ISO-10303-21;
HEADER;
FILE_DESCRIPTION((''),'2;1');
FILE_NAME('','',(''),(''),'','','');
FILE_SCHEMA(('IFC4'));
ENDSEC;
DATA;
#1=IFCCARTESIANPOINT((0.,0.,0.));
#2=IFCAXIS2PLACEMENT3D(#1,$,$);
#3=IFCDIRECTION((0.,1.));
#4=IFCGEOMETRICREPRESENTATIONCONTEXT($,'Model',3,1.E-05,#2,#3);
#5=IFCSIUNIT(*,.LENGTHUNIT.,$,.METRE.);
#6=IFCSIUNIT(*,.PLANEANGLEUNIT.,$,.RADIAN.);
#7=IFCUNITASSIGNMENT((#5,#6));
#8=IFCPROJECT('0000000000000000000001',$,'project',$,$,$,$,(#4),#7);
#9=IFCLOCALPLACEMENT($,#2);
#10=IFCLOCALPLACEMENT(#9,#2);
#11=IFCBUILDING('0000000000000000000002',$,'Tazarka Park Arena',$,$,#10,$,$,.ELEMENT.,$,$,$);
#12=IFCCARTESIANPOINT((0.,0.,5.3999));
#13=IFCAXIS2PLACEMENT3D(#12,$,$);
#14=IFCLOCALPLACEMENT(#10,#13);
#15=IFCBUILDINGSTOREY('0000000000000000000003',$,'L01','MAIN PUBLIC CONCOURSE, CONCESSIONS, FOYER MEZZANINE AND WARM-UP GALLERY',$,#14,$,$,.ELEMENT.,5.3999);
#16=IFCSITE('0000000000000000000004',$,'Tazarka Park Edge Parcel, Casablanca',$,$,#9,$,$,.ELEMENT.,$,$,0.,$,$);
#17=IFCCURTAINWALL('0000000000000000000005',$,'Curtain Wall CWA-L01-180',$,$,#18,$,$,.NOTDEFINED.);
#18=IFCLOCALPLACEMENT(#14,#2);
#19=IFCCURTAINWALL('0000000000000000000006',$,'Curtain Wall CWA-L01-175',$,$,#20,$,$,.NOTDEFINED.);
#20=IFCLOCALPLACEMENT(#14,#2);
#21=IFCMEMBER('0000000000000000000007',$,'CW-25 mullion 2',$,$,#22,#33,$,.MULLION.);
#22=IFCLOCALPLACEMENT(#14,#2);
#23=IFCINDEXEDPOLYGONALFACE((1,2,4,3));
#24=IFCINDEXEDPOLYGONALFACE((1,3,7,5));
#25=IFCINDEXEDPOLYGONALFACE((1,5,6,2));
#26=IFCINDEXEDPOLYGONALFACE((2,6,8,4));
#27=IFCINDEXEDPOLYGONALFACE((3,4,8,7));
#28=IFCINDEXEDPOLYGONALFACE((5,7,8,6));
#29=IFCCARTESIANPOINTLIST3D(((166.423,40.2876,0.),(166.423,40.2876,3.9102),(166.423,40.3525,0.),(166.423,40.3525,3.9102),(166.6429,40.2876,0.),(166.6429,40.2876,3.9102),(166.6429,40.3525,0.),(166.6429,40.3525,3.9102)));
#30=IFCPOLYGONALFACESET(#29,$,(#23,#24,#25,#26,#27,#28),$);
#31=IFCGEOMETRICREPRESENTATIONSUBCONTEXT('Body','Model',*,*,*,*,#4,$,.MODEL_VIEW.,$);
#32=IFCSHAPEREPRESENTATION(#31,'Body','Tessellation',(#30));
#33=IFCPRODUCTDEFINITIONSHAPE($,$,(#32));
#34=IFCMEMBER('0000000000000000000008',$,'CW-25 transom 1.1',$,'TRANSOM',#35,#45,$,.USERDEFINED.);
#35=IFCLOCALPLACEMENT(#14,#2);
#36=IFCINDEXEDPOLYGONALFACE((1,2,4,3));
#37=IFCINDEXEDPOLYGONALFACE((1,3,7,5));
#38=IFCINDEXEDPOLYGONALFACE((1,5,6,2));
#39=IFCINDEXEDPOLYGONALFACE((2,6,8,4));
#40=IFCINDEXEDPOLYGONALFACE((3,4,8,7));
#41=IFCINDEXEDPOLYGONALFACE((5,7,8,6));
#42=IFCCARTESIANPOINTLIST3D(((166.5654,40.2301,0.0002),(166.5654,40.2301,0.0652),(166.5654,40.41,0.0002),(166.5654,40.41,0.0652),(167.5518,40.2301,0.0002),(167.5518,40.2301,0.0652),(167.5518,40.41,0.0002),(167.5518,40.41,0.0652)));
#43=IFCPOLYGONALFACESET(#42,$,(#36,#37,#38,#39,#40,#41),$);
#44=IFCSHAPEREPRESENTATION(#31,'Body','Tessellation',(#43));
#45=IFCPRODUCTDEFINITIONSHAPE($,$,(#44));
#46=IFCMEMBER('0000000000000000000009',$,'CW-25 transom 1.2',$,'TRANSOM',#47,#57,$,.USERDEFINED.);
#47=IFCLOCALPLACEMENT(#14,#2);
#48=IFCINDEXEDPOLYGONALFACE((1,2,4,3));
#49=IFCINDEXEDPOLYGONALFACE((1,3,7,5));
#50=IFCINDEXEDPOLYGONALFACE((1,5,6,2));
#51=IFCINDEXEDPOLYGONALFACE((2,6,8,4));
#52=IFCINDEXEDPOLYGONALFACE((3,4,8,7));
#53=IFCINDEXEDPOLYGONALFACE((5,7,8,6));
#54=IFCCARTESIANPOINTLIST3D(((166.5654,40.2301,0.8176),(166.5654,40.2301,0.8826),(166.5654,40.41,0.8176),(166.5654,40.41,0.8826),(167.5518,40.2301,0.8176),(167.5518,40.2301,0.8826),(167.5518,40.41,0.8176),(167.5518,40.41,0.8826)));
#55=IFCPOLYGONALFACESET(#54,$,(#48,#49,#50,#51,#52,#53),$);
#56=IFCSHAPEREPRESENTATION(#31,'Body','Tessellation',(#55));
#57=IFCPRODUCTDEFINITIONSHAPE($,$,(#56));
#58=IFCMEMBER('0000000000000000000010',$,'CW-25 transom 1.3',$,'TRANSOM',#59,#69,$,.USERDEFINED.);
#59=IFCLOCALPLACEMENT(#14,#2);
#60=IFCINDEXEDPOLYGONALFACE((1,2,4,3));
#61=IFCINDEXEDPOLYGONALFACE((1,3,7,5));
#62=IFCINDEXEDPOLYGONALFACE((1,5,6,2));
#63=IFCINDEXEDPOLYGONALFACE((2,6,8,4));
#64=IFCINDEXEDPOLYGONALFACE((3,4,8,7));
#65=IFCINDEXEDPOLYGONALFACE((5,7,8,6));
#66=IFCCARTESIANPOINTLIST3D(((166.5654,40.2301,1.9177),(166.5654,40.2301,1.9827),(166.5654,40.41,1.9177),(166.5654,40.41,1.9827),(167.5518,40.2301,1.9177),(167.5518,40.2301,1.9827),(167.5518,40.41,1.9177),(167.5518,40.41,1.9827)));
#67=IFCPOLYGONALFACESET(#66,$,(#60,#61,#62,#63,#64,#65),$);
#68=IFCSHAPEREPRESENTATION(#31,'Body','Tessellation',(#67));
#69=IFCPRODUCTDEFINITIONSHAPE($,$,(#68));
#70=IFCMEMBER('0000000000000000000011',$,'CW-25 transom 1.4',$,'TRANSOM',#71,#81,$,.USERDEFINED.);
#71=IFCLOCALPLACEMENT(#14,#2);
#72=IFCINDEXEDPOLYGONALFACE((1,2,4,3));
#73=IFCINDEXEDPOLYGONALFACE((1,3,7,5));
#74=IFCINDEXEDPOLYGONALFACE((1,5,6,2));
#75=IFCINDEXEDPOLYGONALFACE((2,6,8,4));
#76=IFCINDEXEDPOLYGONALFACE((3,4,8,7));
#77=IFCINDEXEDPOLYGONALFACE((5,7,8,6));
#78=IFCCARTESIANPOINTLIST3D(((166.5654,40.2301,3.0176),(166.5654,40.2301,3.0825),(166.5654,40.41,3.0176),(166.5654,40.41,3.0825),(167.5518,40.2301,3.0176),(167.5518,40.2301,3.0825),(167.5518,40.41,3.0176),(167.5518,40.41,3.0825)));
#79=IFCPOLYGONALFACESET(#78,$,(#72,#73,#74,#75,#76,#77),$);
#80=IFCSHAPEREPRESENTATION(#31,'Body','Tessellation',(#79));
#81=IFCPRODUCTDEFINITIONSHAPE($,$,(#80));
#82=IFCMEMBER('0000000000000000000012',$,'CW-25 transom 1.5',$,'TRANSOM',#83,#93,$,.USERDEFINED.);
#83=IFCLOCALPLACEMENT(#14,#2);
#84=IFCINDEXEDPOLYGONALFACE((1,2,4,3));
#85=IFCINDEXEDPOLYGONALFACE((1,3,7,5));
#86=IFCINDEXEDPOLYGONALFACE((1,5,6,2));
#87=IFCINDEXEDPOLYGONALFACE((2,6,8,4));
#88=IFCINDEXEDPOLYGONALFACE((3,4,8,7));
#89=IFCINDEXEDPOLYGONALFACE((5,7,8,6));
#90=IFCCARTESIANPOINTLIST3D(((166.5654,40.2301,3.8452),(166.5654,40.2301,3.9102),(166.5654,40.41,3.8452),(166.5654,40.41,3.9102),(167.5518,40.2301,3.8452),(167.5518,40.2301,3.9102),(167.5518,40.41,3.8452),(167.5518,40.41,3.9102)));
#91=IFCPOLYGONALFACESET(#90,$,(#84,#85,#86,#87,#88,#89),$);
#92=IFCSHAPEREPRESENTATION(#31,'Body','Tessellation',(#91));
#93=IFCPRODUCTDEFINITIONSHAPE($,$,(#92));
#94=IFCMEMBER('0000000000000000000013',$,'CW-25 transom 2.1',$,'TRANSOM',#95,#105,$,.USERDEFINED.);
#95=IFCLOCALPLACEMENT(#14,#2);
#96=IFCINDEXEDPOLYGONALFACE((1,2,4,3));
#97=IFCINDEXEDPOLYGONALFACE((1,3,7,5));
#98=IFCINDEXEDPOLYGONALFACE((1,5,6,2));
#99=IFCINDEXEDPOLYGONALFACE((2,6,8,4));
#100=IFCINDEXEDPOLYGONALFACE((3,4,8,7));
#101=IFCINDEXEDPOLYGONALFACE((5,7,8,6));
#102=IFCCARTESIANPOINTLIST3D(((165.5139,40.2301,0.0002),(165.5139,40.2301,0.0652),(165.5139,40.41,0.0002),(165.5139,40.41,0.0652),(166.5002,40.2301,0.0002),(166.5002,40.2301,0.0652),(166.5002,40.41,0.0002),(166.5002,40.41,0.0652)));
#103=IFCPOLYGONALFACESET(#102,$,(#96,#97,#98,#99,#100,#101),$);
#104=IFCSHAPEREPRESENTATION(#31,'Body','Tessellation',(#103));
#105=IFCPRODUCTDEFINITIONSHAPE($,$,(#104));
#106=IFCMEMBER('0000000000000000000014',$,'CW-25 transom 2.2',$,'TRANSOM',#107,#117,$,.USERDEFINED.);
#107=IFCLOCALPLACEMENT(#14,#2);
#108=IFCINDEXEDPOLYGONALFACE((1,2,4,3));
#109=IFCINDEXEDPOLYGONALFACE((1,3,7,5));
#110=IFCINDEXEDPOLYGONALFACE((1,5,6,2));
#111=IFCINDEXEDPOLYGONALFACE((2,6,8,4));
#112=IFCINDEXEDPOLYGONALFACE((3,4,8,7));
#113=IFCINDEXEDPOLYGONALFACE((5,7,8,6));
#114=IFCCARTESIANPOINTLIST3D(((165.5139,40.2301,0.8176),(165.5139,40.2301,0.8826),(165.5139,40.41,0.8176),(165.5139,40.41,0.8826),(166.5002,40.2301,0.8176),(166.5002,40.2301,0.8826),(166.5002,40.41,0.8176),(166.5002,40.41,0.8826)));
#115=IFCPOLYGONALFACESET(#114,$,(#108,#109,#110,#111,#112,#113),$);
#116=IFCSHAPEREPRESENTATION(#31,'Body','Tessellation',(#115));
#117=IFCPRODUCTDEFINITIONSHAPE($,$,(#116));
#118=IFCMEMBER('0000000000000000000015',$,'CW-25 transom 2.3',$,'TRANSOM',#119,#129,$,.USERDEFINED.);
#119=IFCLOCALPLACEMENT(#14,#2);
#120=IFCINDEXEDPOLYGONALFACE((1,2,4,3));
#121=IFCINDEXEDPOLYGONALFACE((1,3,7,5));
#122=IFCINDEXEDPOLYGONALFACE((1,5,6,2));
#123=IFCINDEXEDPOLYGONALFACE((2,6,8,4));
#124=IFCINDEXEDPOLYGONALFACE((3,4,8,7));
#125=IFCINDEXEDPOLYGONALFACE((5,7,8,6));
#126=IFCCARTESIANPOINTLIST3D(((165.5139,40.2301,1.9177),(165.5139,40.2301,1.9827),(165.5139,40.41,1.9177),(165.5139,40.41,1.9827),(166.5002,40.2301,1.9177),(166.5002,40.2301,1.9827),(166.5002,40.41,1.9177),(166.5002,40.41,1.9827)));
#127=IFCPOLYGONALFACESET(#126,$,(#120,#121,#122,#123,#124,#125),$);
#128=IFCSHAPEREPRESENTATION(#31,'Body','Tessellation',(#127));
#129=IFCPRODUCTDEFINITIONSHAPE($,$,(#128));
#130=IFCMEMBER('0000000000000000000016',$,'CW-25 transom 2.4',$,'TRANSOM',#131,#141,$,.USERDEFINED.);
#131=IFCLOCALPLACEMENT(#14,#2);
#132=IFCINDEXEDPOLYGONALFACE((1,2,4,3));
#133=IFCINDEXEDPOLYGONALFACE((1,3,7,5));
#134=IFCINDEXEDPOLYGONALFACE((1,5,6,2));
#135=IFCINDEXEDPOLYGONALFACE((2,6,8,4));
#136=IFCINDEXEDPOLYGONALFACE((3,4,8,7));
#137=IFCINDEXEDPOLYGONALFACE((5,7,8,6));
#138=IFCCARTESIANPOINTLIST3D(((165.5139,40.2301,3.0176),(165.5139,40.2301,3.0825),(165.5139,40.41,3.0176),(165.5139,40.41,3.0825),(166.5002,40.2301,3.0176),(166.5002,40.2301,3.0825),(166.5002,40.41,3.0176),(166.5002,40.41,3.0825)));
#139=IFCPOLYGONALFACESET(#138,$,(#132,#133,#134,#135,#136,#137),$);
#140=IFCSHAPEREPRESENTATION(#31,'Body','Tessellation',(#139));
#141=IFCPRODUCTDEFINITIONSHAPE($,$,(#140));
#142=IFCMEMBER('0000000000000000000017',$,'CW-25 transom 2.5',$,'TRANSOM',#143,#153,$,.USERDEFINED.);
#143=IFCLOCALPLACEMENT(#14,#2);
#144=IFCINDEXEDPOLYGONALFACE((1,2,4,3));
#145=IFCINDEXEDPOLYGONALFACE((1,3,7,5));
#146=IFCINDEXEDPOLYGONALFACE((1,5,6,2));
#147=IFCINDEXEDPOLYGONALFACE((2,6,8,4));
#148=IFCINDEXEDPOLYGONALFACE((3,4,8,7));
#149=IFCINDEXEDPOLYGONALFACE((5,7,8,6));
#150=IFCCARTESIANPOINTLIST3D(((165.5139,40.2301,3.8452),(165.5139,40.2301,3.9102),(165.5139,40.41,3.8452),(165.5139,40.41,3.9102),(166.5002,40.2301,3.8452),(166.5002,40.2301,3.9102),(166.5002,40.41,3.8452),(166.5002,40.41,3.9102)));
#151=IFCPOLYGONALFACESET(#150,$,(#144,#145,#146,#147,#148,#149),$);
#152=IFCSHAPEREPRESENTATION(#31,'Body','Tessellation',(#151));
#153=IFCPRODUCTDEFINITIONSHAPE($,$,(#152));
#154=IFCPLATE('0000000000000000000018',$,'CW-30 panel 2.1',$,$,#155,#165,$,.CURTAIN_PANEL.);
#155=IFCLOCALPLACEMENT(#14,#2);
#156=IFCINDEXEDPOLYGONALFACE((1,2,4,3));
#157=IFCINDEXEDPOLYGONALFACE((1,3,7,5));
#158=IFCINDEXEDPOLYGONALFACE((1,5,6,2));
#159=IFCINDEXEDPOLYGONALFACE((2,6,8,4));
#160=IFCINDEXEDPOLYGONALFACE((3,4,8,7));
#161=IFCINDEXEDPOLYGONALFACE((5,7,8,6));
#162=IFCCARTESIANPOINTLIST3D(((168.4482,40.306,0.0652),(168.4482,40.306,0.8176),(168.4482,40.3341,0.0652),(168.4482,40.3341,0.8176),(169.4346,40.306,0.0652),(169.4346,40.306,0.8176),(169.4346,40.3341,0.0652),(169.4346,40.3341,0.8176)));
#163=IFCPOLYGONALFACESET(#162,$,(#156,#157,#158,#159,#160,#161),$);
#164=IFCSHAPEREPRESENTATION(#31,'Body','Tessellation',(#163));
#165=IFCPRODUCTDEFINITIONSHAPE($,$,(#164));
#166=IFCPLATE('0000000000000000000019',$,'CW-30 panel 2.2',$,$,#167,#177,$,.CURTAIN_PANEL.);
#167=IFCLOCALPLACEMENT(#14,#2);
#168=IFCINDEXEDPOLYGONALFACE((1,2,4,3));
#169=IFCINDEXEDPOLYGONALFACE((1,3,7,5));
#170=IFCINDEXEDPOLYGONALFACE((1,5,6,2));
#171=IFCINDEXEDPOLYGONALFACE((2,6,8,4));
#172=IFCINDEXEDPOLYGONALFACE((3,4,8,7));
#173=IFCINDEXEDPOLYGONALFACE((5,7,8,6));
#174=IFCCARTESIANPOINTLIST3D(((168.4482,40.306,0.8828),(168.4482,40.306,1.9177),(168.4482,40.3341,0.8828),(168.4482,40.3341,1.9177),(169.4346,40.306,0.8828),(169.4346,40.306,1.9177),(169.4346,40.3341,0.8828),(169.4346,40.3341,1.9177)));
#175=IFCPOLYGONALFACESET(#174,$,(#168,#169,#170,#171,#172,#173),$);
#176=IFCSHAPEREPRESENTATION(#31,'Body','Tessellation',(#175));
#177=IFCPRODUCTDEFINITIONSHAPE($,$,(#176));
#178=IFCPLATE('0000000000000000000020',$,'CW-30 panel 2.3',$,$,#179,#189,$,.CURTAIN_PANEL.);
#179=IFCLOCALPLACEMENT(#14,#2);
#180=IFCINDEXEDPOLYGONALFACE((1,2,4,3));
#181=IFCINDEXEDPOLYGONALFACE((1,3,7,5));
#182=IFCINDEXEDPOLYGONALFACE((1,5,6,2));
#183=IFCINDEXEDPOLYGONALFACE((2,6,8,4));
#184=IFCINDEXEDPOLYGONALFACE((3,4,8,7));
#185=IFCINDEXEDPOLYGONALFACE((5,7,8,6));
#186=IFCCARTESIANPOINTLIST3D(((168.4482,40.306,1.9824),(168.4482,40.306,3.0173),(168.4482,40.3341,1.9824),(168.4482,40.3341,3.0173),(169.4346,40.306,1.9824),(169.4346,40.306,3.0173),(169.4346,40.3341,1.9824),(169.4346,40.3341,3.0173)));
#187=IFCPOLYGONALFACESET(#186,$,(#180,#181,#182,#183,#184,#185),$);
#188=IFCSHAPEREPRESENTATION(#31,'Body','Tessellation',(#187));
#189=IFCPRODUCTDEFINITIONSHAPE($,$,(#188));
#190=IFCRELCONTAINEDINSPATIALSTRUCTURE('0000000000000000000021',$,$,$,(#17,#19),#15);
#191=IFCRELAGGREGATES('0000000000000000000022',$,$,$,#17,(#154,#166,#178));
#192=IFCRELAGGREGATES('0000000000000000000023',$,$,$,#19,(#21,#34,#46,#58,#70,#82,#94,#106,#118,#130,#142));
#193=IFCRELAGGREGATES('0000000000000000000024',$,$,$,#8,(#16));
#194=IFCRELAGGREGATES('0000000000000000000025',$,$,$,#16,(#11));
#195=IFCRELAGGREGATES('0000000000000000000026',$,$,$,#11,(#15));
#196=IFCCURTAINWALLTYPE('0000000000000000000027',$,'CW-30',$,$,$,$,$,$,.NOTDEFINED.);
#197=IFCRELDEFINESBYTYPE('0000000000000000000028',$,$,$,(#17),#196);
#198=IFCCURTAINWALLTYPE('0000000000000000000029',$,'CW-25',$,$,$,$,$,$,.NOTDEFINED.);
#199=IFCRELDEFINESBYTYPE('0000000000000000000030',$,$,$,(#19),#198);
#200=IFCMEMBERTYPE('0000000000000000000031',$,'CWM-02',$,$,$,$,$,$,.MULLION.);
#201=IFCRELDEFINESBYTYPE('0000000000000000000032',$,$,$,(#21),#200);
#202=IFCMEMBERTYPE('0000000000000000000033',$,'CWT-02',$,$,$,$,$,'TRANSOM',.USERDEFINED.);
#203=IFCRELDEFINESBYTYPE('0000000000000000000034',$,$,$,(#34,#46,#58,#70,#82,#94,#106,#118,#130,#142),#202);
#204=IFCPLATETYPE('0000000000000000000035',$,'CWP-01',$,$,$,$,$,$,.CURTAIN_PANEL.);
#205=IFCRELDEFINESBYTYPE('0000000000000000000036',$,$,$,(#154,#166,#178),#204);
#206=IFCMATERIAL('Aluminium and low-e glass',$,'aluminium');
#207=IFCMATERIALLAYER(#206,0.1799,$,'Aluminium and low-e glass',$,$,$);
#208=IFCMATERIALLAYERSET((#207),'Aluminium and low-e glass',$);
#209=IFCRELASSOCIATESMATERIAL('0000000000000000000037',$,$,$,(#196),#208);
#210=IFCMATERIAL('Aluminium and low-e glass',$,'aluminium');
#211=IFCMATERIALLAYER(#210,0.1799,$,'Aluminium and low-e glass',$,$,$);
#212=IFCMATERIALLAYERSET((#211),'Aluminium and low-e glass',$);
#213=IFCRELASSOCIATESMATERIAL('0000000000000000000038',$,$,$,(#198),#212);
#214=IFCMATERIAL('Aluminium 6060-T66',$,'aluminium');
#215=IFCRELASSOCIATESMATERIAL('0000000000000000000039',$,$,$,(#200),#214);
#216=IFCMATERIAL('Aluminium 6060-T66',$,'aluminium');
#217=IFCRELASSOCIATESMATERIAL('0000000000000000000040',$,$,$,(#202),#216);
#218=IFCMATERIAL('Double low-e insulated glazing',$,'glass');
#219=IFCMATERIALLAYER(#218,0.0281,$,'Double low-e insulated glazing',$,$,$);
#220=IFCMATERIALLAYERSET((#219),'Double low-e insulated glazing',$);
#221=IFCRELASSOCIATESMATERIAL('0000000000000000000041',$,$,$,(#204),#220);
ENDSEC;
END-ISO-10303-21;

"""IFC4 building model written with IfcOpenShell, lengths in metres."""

from ifc_helpers import new_model, si_unit, direction, frame, origin, origin_2d, place, context, subcontext, project, spatial, rectangle, extrude, material, layer, layer_set, material_profile, profile_set, type_object, element, aggregate, save


model = new_model("IFC4")

# Units and contexts
model_context = context("Model", 3, precision=1e-05, world=origin(), true_north=direction((0.0, 1.0)))
body_context = subcontext(model_context, "Body", "Model", "MODEL_VIEW")
ifc_project = project(units=[si_unit("LENGTHUNIT", "METRE"), si_unit("PLANEANGLEUNIT", "RADIAN")], contexts=[model_context])

# Site, building, storey
site_placement = place(None, origin())
site = spatial("IfcSite", under=ifc_project, at=site_placement, Name="Tazarka Park Edge Parcel, Casablanca", CompositionType="ELEMENT", RefElevation=0.0)
building_placement = place(site_placement, origin())
building = spatial("IfcBuilding", under=site, at=building_placement, Name="Tazarka Park Arena", CompositionType="ELEMENT")
storey_placement = place(building_placement, frame((0.0, 0.0, 5.3999)))
storey = spatial("IfcBuildingStorey", under=building, at=storey_placement, Name="L01", Description="MAIN PUBLIC CONCOURSE, CONCESSIONS, FOYER MEZZANINE AND WARM-UP GALLERY", CompositionType="ELEMENT", Elevation=5.3999)

# Curtain wall
ifc_material_1 = material(Name="Aluminium and low-e glass", Category="aluminium")
ifc_layer_1 = layer(ifc_material_1, 0.1799, Name="Aluminium and low-e glass")
ifc_layer_set_1 = layer_set([ifc_layer_1], Name="Aluminium and low-e glass")
curtain_wall_type_1 = type_object("IfcCurtainWallType", Name="CW-30", PredefinedType="NOTDEFINED", material=ifc_layer_set_1)
curtain_wall_1_placement = place(storey_placement, origin())
curtain_wall_1 = element("IfcCurtainWall", 1, at=curtain_wall_1_placement, inside=storey, type_object=curtain_wall_type_1, Name="Curtain Wall CWA-L01-180", PredefinedType="NOTDEFINED")

# Curtain wall, members
ifc_material_2 = material(Name="Aluminium and low-e glass", Category="aluminium")
ifc_layer_2 = layer(ifc_material_2, 0.1799, Name="Aluminium and low-e glass")
ifc_layer_set_2 = layer_set([ifc_layer_2], Name="Aluminium and low-e glass")
curtain_wall_type_2 = type_object("IfcCurtainWallType", Name="CW-25", PredefinedType="NOTDEFINED", material=ifc_layer_set_2)
curtain_wall_2_placement = place(storey_placement, origin())
curtain_wall_2 = element("IfcCurtainWall", 2, at=curtain_wall_2_placement, inside=storey, type_object=curtain_wall_type_2, Name="Curtain Wall CWA-L01-175", PredefinedType="NOTDEFINED")
ifc_material_3 = material(Name="Aluminium 6060-T66", Category="aluminium")
ifc_material_profile_1 = material_profile(ifc_material_3, rectangle(XDim=0.0649, YDim=0.22, at=origin_2d()), Name="Aluminium 6060-T66")
ifc_profile_set_1 = profile_set([ifc_material_profile_1], Name="Aluminium 6060-T66")
member_type_1 = type_object("IfcMemberType", Name="CWM-02", PredefinedType="MULLION", material=ifc_profile_set_1)
member_1_placement = place(storey_placement, frame((166.533, 40.3201, 0.0), z_axis=(0.0, 0.0, 1.0), x_axis=(0.0, -1.0, 0.0)))
member_1 = element("IfcMember", 3, at=member_1_placement, type_object=member_type_1, Name="CW-25 mullion 2", PredefinedType="MULLION", context=body_context, shape_type="SweptSolid", body=[
    extrude(rectangle(XDim=0.0649, YDim=0.22, at=origin_2d()), origin(), (0.0, 0.0, 1.0), 3.9102),
])
ifc_material_4 = material(Name="Aluminium 6060-T66", Category="aluminium")
ifc_material_profile_2 = material_profile(ifc_material_4, rectangle(XDim=0.1799, YDim=0.0649, at=origin_2d()), Name="Aluminium 6060-T66")
ifc_profile_set_2 = profile_set([ifc_material_profile_2], Name="Aluminium 6060-T66")
member_type_2 = type_object("IfcMemberType", Name="CWT-02", ElementType="TRANSOM", PredefinedType="USERDEFINED", material=ifc_profile_set_2)
member_2_placement = place(storey_placement, frame((167.5518, 40.3201, 0.0327), z_axis=(-1.0, 0.0, 0.0), x_axis=(0.0, -1.0, 0.0)))
member_2 = element("IfcMember", 4, at=member_2_placement, type_object=member_type_2, Name="CW-25 transom 1.1", ObjectType="TRANSOM", PredefinedType="USERDEFINED", context=body_context, shape_type="SweptSolid", body=[
    extrude(rectangle(XDim=0.1799, YDim=0.0649, at=origin_2d()), origin(), (0.0, 0.0, 1.0), 0.9863),
])
member_3_placement = place(storey_placement, frame((167.5518, 40.3201, 0.8501), z_axis=(-1.0, 0.0, 0.0), x_axis=(0.0, -1.0, 0.0)))
member_3 = element("IfcMember", 5, at=member_3_placement, type_object=member_type_2, Name="CW-25 transom 1.2", ObjectType="TRANSOM", PredefinedType="USERDEFINED", context=body_context, shape_type="SweptSolid", body=[
    extrude(rectangle(XDim=0.1799, YDim=0.0649, at=origin_2d()), origin(), (0.0, 0.0, 1.0), 0.9863),
])
member_4_placement = place(storey_placement, frame((167.5518, 40.3201, 1.9502), z_axis=(-1.0, 0.0, 0.0), x_axis=(0.0, -1.0, 0.0)))
member_4 = element("IfcMember", 6, at=member_4_placement, type_object=member_type_2, Name="CW-25 transom 1.3", ObjectType="TRANSOM", PredefinedType="USERDEFINED", context=body_context, shape_type="SweptSolid", body=[
    extrude(rectangle(XDim=0.1799, YDim=0.0649, at=origin_2d()), origin(), (0.0, 0.0, 1.0), 0.9863),
])
member_5_placement = place(storey_placement, frame((167.5518, 40.3201, 3.05), z_axis=(-1.0, 0.0, 0.0), x_axis=(0.0, -1.0, 0.0)))
member_5 = element("IfcMember", 7, at=member_5_placement, type_object=member_type_2, Name="CW-25 transom 1.4", ObjectType="TRANSOM", PredefinedType="USERDEFINED", context=body_context, shape_type="SweptSolid", body=[
    extrude(rectangle(XDim=0.1799, YDim=0.0649, at=origin_2d()), origin(), (0.0, 0.0, 1.0), 0.9863),
])
member_6_placement = place(storey_placement, frame((167.5518, 40.3201, 3.8777), z_axis=(-1.0, 0.0, 0.0), x_axis=(0.0, -1.0, 0.0)))
member_6 = element("IfcMember", 8, at=member_6_placement, type_object=member_type_2, Name="CW-25 transom 1.5", ObjectType="TRANSOM", PredefinedType="USERDEFINED", context=body_context, shape_type="SweptSolid", body=[
    extrude(rectangle(XDim=0.1799, YDim=0.0649, at=origin_2d()), origin(), (0.0, 0.0, 1.0), 0.9863),
])
member_7_placement = place(storey_placement, frame((166.5002, 40.3201, 0.0327), z_axis=(-1.0, 0.0, 0.0), x_axis=(0.0, -1.0, 0.0)))
member_7 = element("IfcMember", 9, at=member_7_placement, type_object=member_type_2, Name="CW-25 transom 2.1", ObjectType="TRANSOM", PredefinedType="USERDEFINED", context=body_context, shape_type="SweptSolid", body=[
    extrude(rectangle(XDim=0.1799, YDim=0.0649, at=origin_2d()), origin(), (0.0, 0.0, 1.0), 0.9863),
])
member_8_placement = place(storey_placement, frame((166.5002, 40.3201, 0.8501), z_axis=(-1.0, 0.0, 0.0), x_axis=(0.0, -1.0, 0.0)))
member_8 = element("IfcMember", 10, at=member_8_placement, type_object=member_type_2, Name="CW-25 transom 2.2", ObjectType="TRANSOM", PredefinedType="USERDEFINED", context=body_context, shape_type="SweptSolid", body=[
    extrude(rectangle(XDim=0.1799, YDim=0.0649, at=origin_2d()), origin(), (0.0, 0.0, 1.0), 0.9863),
])
member_9_placement = place(storey_placement, frame((166.5002, 40.3201, 1.9502), z_axis=(-1.0, 0.0, 0.0), x_axis=(0.0, -1.0, 0.0)))
member_9 = element("IfcMember", 11, at=member_9_placement, type_object=member_type_2, Name="CW-25 transom 2.3", ObjectType="TRANSOM", PredefinedType="USERDEFINED", context=body_context, shape_type="SweptSolid", body=[
    extrude(rectangle(XDim=0.1799, YDim=0.0649, at=origin_2d()), origin(), (0.0, 0.0, 1.0), 0.9863),
])
member_10_placement = place(storey_placement, frame((166.5002, 40.3201, 3.05), z_axis=(-1.0, 0.0, 0.0), x_axis=(0.0, -1.0, 0.0)))
member_10 = element("IfcMember", 12, at=member_10_placement, type_object=member_type_2, Name="CW-25 transom 2.4", ObjectType="TRANSOM", PredefinedType="USERDEFINED", context=body_context, shape_type="SweptSolid", body=[
    extrude(rectangle(XDim=0.1799, YDim=0.0649, at=origin_2d()), origin(), (0.0, 0.0, 1.0), 0.9863),
])
member_11_placement = place(storey_placement, frame((166.5002, 40.3201, 3.8777), z_axis=(-1.0, 0.0, 0.0), x_axis=(0.0, -1.0, 0.0)))
member_11 = element("IfcMember", 13, at=member_11_placement, type_object=member_type_2, Name="CW-25 transom 2.5", ObjectType="TRANSOM", PredefinedType="USERDEFINED", context=body_context, shape_type="SweptSolid", body=[
    extrude(rectangle(XDim=0.1799, YDim=0.0649, at=origin_2d()), origin(), (0.0, 0.0, 1.0), 0.9863),
])

# Plates
ifc_material_5 = material(Name="Double low-e insulated glazing", Category="glass")
ifc_layer_3 = layer(ifc_material_5, 0.0281, Name="Double low-e insulated glazing")
ifc_layer_set_3 = layer_set([ifc_layer_3], Name="Double low-e insulated glazing")
plate_type_1 = type_object("IfcPlateType", Name="CWP-01", PredefinedType="CURTAIN_PANEL", material=ifc_layer_set_3)
plate_1_placement = place(storey_placement, frame((168.9414, 40.3201, 0.0652), z_axis=(0.0, 0.0, 1.0), x_axis=(-1.0, 0.0, 0.0)))
plate_1 = element("IfcPlate", 14, at=plate_1_placement, type_object=plate_type_1, Name="CW-30 panel 2.1", PredefinedType="CURTAIN_PANEL", context=body_context, shape_type="SweptSolid", body=[
    extrude(rectangle(XDim=0.9863, YDim=0.0281, at=origin_2d()), origin(), (0.0, 0.0, 1.0), 0.7524),
])
plate_2_placement = place(storey_placement, frame((168.9414, 40.3201, 0.8828), z_axis=(0.0, 0.0, 1.0), x_axis=(-1.0, 0.0, 0.0)))
plate_2 = element("IfcPlate", 15, at=plate_2_placement, type_object=plate_type_1, Name="CW-30 panel 2.2", PredefinedType="CURTAIN_PANEL", context=body_context, shape_type="SweptSolid", body=[
    extrude(rectangle(XDim=0.9863, YDim=0.0281, at=origin_2d()), origin(), (0.0, 0.0, 1.0), 1.0349),
])
plate_3_placement = place(storey_placement, frame((168.9414, 40.3201, 1.9824), z_axis=(0.0, 0.0, 1.0), x_axis=(-1.0, 0.0, 0.0)))
plate_3 = element("IfcPlate", 16, at=plate_3_placement, type_object=plate_type_1, Name="CW-30 panel 2.3", PredefinedType="CURTAIN_PANEL", context=body_context, shape_type="SweptSolid", body=[
    extrude(rectangle(XDim=0.9863, YDim=0.0281, at=origin_2d()), origin(), (0.0, 0.0, 1.0), 1.0349),
])
aggregate(curtain_wall_1, [plate_1, plate_2, plate_3])
aggregate(curtain_wall_2, [member_1, member_2, member_3, member_4, member_5, member_6, member_7, member_8, member_9, member_10, member_11])

save(model, "model.ifc")
